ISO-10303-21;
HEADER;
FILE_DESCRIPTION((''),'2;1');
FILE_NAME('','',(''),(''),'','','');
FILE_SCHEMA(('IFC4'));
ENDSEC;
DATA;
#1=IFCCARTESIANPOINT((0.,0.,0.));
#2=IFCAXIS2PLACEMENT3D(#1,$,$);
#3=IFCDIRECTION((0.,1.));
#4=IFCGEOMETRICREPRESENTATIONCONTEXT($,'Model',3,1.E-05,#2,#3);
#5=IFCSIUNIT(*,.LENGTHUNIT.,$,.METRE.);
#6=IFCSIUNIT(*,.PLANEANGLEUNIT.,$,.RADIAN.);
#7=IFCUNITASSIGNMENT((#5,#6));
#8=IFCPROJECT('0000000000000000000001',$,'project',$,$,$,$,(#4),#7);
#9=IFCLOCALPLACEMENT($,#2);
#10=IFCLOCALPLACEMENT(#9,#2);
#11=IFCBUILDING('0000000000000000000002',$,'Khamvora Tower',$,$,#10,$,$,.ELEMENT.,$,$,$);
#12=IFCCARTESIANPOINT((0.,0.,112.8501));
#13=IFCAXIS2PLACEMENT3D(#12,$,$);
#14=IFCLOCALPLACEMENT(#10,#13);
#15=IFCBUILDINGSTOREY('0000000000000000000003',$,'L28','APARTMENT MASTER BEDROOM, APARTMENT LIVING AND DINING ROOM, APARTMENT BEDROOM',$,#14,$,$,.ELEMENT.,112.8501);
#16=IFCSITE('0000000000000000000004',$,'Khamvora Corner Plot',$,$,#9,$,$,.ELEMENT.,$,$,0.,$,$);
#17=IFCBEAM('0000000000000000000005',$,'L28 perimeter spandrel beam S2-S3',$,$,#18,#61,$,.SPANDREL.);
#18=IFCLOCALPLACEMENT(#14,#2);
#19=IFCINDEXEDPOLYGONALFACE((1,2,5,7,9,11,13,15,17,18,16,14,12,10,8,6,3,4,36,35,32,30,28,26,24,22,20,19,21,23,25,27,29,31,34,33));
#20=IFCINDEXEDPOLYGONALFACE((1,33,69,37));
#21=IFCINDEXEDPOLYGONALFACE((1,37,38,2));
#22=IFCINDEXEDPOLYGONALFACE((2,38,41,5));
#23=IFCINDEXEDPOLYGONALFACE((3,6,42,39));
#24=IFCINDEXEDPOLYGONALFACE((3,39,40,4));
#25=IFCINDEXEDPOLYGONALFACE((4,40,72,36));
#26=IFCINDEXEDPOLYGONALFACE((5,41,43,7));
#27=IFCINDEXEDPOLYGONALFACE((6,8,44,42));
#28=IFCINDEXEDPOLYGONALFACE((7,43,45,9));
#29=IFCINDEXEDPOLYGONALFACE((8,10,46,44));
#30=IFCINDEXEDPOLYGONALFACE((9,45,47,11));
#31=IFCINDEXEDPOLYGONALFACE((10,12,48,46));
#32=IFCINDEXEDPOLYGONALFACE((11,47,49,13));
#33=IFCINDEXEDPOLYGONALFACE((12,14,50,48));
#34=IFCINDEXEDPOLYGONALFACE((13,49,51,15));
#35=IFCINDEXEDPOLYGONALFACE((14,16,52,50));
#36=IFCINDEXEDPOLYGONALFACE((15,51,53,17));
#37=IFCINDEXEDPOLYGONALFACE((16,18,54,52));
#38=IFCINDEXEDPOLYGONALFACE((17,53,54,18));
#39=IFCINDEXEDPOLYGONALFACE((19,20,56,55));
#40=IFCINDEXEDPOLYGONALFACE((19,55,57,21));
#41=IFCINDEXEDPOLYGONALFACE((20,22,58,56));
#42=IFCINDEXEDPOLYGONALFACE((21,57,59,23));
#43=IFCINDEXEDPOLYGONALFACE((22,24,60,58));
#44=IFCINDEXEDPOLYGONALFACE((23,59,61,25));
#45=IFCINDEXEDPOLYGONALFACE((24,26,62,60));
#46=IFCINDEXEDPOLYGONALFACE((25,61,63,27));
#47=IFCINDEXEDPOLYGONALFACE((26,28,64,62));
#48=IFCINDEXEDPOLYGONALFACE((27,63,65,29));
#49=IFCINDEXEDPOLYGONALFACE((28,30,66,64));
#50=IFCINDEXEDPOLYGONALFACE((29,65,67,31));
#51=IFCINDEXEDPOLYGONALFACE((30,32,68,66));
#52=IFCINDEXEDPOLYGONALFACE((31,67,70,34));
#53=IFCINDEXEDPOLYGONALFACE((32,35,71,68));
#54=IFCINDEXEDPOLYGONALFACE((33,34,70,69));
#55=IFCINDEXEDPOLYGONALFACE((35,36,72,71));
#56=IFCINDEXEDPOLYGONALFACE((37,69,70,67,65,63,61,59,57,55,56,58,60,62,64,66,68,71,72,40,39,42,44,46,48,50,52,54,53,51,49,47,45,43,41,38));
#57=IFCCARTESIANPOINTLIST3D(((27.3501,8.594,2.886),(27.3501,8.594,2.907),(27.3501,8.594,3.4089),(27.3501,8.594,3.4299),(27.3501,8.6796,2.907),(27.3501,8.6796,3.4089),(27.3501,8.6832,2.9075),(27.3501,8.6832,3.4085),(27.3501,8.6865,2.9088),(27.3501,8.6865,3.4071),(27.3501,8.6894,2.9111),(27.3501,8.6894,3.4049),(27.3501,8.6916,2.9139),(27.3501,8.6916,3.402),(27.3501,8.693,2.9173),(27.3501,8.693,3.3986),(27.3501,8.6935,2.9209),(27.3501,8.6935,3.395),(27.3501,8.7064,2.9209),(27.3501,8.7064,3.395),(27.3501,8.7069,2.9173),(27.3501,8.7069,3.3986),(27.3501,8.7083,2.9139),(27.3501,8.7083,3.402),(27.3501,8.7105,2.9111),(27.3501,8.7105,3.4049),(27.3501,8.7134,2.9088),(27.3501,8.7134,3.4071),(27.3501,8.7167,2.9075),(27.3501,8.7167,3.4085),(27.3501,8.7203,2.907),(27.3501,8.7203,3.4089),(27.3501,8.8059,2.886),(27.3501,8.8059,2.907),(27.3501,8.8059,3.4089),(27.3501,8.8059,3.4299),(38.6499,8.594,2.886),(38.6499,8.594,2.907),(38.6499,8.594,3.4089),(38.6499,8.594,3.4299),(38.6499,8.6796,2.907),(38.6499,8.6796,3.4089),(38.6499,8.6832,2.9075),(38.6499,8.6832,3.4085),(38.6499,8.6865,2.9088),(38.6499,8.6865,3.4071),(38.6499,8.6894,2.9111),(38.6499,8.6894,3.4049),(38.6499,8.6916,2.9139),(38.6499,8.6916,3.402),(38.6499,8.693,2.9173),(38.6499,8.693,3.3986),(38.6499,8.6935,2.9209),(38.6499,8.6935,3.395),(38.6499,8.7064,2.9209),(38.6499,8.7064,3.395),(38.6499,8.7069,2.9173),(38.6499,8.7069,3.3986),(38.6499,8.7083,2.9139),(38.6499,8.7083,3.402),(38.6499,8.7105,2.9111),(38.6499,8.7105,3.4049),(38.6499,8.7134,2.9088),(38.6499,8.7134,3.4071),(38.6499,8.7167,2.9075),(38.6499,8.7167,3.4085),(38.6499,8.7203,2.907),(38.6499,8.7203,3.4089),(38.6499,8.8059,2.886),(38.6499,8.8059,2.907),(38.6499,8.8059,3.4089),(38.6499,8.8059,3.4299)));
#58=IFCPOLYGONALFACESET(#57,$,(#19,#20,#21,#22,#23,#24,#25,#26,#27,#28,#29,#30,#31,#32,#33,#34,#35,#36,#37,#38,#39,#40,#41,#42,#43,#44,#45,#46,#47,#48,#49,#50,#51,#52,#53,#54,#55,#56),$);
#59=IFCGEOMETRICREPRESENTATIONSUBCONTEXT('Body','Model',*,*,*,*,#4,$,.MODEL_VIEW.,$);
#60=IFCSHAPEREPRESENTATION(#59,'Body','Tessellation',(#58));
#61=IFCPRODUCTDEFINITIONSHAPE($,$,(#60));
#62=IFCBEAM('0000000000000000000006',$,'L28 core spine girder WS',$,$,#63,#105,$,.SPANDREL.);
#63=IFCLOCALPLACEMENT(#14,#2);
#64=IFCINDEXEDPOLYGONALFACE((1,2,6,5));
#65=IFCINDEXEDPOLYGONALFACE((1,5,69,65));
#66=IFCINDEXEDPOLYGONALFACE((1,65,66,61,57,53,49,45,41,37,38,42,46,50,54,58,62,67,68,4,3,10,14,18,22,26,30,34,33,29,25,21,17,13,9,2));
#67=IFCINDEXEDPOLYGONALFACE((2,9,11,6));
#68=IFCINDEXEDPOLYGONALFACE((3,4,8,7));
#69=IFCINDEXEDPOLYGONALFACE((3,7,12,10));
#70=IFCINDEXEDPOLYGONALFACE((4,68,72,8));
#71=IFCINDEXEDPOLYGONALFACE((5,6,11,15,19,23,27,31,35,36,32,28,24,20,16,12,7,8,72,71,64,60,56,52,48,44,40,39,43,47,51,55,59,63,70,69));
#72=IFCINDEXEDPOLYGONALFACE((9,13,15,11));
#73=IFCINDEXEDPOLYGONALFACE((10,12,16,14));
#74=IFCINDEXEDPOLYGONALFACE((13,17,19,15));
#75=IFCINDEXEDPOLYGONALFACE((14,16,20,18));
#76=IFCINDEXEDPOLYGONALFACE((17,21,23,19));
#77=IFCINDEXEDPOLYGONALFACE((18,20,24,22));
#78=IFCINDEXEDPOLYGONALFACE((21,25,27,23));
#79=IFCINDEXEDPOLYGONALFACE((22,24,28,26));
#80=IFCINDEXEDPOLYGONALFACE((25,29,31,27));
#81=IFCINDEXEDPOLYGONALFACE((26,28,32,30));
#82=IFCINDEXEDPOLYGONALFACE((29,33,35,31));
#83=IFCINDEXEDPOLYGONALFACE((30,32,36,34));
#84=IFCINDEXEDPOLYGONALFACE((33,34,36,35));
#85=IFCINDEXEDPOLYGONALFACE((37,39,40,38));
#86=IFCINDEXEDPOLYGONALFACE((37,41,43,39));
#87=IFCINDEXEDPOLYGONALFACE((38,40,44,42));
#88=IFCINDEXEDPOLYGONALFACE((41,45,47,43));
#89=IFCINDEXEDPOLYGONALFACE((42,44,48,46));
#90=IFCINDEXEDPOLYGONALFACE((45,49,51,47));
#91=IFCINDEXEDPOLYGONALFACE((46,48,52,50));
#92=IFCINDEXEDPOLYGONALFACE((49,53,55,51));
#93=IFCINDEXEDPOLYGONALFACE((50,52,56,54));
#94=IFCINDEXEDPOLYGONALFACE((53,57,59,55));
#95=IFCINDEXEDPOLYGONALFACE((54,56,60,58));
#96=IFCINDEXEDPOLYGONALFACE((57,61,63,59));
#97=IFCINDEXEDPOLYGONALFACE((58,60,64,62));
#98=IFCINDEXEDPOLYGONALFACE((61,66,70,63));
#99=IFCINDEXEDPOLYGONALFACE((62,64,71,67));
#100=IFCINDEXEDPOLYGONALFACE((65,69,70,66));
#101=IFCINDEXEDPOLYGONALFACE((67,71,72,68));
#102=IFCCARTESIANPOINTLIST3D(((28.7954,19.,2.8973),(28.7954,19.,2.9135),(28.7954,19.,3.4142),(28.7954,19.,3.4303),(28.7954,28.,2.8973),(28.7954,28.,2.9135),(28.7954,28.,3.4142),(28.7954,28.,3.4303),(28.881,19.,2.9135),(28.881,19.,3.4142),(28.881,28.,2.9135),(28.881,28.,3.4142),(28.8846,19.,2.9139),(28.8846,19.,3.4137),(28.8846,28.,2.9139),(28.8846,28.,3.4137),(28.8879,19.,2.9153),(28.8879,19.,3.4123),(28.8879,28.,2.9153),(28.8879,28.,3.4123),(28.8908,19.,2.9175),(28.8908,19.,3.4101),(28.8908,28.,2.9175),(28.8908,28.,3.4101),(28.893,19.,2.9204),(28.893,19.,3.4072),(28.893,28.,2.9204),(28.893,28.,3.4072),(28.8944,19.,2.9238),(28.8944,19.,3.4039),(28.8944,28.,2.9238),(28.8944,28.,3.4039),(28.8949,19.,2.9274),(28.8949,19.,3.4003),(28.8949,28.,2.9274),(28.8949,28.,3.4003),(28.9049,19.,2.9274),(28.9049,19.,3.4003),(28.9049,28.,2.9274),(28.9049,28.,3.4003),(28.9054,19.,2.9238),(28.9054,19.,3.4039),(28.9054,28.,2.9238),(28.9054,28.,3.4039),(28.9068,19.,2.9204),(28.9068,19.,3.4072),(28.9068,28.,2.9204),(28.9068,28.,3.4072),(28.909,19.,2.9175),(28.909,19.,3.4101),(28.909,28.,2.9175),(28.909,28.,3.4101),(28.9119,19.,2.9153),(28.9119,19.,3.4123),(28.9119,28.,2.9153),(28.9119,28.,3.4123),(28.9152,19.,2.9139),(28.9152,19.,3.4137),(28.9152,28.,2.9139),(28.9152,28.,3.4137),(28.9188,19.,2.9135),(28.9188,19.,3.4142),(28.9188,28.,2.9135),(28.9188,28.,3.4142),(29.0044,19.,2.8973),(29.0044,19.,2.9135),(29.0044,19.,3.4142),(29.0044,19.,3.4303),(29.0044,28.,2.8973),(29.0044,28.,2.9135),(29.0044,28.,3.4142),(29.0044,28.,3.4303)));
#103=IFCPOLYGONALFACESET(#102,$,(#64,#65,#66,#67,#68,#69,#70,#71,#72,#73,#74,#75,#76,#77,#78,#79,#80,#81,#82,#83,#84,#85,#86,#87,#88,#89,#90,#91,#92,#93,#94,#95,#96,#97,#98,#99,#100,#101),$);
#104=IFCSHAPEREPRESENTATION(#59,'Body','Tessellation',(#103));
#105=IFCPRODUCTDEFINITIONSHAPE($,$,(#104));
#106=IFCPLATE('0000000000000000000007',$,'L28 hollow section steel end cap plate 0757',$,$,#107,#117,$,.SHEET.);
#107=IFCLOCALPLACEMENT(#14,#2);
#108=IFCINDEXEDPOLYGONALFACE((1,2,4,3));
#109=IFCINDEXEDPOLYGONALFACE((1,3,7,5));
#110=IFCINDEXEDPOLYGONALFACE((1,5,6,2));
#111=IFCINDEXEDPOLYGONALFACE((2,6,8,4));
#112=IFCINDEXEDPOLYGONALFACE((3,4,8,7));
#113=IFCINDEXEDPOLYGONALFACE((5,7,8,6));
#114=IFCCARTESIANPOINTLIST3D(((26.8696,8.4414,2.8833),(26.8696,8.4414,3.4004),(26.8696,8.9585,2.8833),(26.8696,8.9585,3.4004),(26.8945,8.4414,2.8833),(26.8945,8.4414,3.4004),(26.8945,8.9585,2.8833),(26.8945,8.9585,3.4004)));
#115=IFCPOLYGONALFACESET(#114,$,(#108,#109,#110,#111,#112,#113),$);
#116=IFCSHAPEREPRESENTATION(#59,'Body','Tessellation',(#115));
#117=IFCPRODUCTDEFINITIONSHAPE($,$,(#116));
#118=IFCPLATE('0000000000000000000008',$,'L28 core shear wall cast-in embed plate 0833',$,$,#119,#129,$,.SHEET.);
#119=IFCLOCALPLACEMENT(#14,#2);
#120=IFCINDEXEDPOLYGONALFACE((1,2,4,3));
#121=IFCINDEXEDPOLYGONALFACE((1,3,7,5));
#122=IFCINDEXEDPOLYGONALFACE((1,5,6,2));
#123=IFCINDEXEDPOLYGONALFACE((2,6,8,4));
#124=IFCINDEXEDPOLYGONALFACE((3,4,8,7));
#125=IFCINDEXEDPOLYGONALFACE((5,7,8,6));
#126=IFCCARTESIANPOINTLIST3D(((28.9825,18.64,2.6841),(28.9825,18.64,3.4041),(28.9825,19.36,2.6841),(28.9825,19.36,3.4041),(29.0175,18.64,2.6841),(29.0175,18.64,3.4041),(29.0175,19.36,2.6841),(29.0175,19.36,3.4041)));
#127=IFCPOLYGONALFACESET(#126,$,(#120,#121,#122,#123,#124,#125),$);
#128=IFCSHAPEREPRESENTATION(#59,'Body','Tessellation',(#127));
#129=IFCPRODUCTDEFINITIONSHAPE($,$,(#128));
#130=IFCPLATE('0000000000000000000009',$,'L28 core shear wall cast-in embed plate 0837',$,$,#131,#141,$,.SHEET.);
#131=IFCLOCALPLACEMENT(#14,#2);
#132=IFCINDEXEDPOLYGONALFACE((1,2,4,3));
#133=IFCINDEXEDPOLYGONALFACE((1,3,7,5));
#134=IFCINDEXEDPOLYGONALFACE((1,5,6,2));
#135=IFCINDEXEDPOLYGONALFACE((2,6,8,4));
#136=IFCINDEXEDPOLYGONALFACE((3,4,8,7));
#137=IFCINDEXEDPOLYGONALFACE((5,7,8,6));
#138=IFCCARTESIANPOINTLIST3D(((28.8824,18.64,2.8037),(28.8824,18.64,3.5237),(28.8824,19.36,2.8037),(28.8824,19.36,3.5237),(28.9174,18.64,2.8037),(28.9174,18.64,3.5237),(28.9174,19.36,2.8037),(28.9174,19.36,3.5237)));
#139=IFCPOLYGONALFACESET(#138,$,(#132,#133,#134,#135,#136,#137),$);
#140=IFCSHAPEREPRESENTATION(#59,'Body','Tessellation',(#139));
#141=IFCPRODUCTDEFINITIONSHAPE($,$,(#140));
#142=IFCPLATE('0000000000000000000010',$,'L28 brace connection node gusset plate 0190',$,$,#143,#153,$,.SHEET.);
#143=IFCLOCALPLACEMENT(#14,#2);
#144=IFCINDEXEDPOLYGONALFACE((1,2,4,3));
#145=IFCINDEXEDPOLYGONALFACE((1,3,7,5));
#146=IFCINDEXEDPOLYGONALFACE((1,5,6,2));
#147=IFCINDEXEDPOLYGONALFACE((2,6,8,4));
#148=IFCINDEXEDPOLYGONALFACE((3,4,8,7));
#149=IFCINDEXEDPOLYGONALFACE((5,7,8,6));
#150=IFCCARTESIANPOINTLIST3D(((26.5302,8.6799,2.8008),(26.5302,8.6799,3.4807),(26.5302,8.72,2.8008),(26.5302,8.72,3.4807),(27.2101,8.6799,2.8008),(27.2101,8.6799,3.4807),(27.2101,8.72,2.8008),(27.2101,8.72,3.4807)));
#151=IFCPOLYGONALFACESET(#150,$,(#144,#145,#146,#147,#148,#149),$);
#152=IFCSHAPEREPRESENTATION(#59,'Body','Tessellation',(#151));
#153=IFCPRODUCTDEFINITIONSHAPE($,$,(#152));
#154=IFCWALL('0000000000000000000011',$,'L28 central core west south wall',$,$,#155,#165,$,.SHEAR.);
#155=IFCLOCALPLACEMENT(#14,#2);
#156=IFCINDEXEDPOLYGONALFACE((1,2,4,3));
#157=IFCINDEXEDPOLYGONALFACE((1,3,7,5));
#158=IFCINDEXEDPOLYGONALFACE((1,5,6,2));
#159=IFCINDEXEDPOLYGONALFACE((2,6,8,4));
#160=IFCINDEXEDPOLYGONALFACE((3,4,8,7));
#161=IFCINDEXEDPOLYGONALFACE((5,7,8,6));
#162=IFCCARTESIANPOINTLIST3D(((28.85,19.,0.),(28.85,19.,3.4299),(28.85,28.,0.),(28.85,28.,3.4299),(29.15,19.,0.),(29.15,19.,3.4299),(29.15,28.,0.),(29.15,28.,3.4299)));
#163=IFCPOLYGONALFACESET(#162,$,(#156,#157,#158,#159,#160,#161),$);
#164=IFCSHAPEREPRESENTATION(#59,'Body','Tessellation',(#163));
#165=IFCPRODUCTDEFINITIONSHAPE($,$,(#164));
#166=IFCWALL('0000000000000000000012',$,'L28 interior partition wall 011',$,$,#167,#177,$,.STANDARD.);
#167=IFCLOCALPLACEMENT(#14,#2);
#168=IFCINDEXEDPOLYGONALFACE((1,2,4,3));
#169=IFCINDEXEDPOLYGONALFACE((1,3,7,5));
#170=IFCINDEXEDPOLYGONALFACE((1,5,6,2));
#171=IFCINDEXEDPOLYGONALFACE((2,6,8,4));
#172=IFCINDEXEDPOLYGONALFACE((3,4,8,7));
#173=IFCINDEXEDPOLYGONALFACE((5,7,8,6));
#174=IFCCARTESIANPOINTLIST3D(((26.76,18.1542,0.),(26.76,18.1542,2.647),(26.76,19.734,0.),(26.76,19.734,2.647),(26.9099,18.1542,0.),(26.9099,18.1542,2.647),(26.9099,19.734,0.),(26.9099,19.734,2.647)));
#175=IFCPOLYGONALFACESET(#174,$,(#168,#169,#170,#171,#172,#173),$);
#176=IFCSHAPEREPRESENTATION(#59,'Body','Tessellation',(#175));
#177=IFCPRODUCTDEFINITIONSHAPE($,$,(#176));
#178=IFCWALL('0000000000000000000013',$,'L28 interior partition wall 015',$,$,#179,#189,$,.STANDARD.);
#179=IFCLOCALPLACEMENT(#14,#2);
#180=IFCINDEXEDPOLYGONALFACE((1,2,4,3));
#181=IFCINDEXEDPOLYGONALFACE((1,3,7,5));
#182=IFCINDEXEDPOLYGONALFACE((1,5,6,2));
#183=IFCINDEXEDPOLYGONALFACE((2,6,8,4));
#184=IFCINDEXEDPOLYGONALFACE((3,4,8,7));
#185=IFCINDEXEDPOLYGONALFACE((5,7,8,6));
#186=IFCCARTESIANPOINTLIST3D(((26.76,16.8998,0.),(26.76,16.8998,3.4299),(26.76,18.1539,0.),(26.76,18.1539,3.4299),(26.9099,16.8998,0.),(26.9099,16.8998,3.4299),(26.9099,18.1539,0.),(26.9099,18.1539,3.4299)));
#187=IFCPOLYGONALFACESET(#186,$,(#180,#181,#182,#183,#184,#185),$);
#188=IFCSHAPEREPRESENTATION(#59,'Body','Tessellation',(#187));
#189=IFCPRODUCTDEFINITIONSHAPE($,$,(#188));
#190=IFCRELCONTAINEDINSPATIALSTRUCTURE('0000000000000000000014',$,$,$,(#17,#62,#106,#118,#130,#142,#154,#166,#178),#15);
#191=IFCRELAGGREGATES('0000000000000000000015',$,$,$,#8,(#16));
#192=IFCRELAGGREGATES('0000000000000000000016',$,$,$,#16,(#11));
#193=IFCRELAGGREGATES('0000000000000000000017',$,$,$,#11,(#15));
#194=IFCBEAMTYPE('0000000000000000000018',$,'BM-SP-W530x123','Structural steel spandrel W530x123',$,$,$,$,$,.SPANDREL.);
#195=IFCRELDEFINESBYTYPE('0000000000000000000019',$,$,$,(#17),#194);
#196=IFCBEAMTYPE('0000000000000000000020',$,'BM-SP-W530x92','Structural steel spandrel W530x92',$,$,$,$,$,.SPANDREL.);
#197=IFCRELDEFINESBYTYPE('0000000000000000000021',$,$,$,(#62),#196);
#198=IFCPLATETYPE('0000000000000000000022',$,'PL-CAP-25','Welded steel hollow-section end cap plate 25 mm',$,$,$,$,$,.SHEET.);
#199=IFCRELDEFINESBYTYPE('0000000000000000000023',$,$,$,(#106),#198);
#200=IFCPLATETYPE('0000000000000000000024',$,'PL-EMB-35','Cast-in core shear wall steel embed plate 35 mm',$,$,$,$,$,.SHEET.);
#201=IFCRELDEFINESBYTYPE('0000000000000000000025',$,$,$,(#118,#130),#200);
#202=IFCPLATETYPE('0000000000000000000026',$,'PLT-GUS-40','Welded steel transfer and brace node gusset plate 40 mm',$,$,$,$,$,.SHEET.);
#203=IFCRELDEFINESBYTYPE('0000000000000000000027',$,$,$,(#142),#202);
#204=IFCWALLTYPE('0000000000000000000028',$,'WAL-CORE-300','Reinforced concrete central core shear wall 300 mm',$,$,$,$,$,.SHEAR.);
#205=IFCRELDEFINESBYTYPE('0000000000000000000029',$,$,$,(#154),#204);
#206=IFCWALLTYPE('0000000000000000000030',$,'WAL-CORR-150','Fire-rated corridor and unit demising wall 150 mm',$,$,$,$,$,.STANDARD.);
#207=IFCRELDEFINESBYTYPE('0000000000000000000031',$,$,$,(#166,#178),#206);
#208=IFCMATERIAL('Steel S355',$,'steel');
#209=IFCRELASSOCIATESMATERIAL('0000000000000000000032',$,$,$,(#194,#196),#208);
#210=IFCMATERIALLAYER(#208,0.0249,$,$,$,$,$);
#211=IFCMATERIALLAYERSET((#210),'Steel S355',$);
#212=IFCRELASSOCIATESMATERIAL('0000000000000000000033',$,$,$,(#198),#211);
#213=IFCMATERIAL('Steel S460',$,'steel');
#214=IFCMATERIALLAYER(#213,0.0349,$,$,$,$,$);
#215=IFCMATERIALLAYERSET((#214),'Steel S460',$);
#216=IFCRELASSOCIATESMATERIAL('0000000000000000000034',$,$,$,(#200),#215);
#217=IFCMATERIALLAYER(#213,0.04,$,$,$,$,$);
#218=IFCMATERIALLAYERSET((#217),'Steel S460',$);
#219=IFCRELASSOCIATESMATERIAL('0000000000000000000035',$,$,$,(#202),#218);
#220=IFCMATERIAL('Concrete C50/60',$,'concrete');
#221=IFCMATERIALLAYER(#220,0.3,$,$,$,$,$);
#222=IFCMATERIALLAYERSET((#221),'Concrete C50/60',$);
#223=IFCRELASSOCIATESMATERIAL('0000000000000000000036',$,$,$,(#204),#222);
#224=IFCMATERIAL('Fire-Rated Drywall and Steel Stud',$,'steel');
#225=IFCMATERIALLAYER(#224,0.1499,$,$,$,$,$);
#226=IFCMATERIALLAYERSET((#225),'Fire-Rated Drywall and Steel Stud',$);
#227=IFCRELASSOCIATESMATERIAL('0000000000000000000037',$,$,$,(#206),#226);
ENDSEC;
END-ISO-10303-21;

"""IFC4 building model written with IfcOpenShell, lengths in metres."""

from ifc_helpers import new_model, si_unit, direction, frame, frame_2d, origin, origin_2d, place, context, subcontext, project, spatial, rectangle, i_section, extrude, material, layer, layer_set, material_profile, profile_set, type_object, element, save


model = new_model("IFC4")

# Units and contexts
model_context = context("Model", 3, precision=1e-05, world=origin(), true_north=direction((0.0, 1.0)))
body_context = subcontext(model_context, "Body", "Model", "MODEL_VIEW")
ifc_project = project(units=[si_unit("LENGTHUNIT", "METRE"), si_unit("PLANEANGLEUNIT", "RADIAN")], contexts=[model_context])

# Site, building, storey
site_placement = place(None, origin())
site = spatial("IfcSite", under=ifc_project, at=site_placement, Name="Khamvora Corner Plot", CompositionType="ELEMENT", RefElevation=0.0)
building_placement = place(site_placement, origin())
building = spatial("IfcBuilding", under=site, at=building_placement, Name="Khamvora Tower", CompositionType="ELEMENT")
storey_placement = place(building_placement, frame((0.0, 0.0, 112.8501)))
storey = spatial("IfcBuildingStorey", under=building, at=storey_placement, Name="L28", Description="APARTMENT MASTER BEDROOM, APARTMENT LIVING AND DINING ROOM, APARTMENT BEDROOM", CompositionType="ELEMENT", Elevation=112.8501)

# Shared definitions
ifc_material_1 = material(Name="Steel S355", Category="steel")
ifc_material_2 = material(Name="Steel S460", Category="steel")

# Beams
ifc_material_profile_1 = material_profile(ifc_material_1, i_section(OverallWidth=0.2119, OverallDepth=0.5439, WebThickness=0.0129, FlangeThickness=0.021, FilletRadius=0.0139, at=origin_2d()), Name="W530x123")
ifc_profile_set_1 = profile_set([ifc_material_profile_1], Name="Steel S355")
beam_type_1 = type_object("IfcBeamType", Name="BM-SP-W530x123", Description="Structural steel spandrel W530x123", PredefinedType="SPANDREL", material=ifc_profile_set_1)
beam_1_placement = place(storey_placement, frame((27.3501, 8.7, 3.158), z_axis=(1.0, 0.0, 0.0), x_axis=(0.0, 1.0, 0.0)))
element("IfcBeam", 1, at=beam_1_placement, inside=storey, type_object=beam_type_1, Name="L28 perimeter spandrel beam S2-S3", PredefinedType="SPANDREL", context=body_context, shape_type="SweptSolid", body=[
    extrude(i_section(OverallWidth=0.2119, OverallDepth=0.5439, WebThickness=0.0129, FlangeThickness=0.021, FilletRadius=0.0139, at=origin_2d()), origin(), (0.0, 0.0, 1.0), 11.2998),
])
ifc_material_profile_2 = material_profile(ifc_material_1, i_section(OverallWidth=0.209, OverallDepth=0.533, WebThickness=0.01, FlangeThickness=0.0161, FilletRadius=0.0139, at=origin_2d()), Name="W530x92")
ifc_profile_set_2 = profile_set([ifc_material_profile_2], Name="Steel S355")
beam_type_2 = type_object("IfcBeamType", Name="BM-SP-W530x92", Description="Structural steel spandrel W530x92", PredefinedType="SPANDREL", material=ifc_profile_set_2)
beam_2_placement = place(storey_placement, frame((28.8999, 19.0, 3.1638), z_axis=(0.0, 1.0, 0.0), x_axis=(-1.0, 0.0, 0.0)))
element("IfcBeam", 2, at=beam_2_placement, inside=storey, type_object=beam_type_2, Name="L28 core spine girder WS", PredefinedType="SPANDREL", context=body_context, shape_type="SweptSolid", body=[
    extrude(i_section(OverallWidth=0.209, OverallDepth=0.533, WebThickness=0.01, FlangeThickness=0.0161, FilletRadius=0.0139, at=origin_2d()), origin(), (0.0, 0.0, 1.0), 9.0),
])

# Plates
ifc_layer_1 = layer(ifc_material_1, 0.0249)
ifc_layer_set_1 = layer_set([ifc_layer_1], Name="Steel S355")
plate_type_1 = type_object("IfcPlateType", Name="PL-CAP-25", Description="Welded steel hollow-section end cap plate 25 mm", PredefinedType="SHEET", material=ifc_layer_set_1)
plate_1_placement = place(storey_placement, frame((26.8821, 8.7, 2.8833), z_axis=(0.0, 0.0, 1.0), x_axis=(1.0, 0.0, 0.0)))
element("IfcPlate", 3, at=plate_1_placement, inside=storey, type_object=plate_type_1, Name="L28 hollow section steel end cap plate 0757", PredefinedType="SHEET", context=body_context, shape_type="SweptSolid", body=[
    extrude(rectangle(XDim=0.0249, YDim=0.5171, at=origin_2d()), origin(), (0.0, 0.0, 1.0), 0.5171),
])
ifc_layer_2 = layer(ifc_material_2, 0.0349)
ifc_layer_set_2 = layer_set([ifc_layer_2], Name="Steel S460")
plate_type_2 = type_object("IfcPlateType", Name="PL-EMB-35", Description="Cast-in core shear wall steel embed plate 35 mm", PredefinedType="SHEET", material=ifc_layer_set_2)
for number, where, z_axis, x_axis, name in (
    (4, (29.0, 19.0, 2.6841), (0.0, 0.0, 1.0), (1.0, 0.0, 0.0), "L28 core shear wall cast-in embed plate 0833"),
    (5, (28.8999, 19.0, 2.8037), (0.0, 0.0, 1.0), (1.0, 0.0, 0.0), "L28 core shear wall cast-in embed plate 0837"),
):
    element("IfcPlate", number, at=place(storey_placement, frame(where, z_axis=z_axis, x_axis=x_axis)), inside=storey, type_object=plate_type_2, Name=name, PredefinedType="SHEET", context=body_context, shape_type="SweptSolid", body=[
        extrude(rectangle(XDim=0.0349, YDim=0.72, at=origin_2d()), origin(), (0.0, 0.0, 1.0), 0.72),
    ])
ifc_layer_3 = layer(ifc_material_2, 0.04)
ifc_layer_set_3 = layer_set([ifc_layer_3], Name="Steel S460")
plate_type_3 = type_object("IfcPlateType", Name="PLT-GUS-40", Description="Welded steel transfer and brace node gusset plate 40 mm", PredefinedType="SHEET", material=ifc_layer_set_3)
plate_2_placement = place(storey_placement, frame((26.8701, 8.7, 2.8008), z_axis=(0.0, 0.0, 1.0), x_axis=(1.0, 0.0, 0.0)))
element("IfcPlate", 6, at=plate_2_placement, inside=storey, type_object=plate_type_3, Name="L28 brace connection node gusset plate 0190", PredefinedType="SHEET", context=body_context, shape_type="SweptSolid", body=[
    extrude(rectangle(XDim=0.6799, YDim=0.04, at=origin_2d()), origin(), (0.0, 0.0, 1.0), 0.6799),
])

# Walls
ifc_material_3 = material(Name="Concrete C50/60", Category="concrete")
ifc_layer_4 = layer(ifc_material_3, 0.3)
ifc_layer_set_4 = layer_set([ifc_layer_4], Name="Concrete C50/60")
wall_type_1 = type_object("IfcWallType", Name="WAL-CORE-300", Description="Reinforced concrete central core shear wall 300 mm", PredefinedType="SHEAR", material=ifc_layer_set_4)
wall_1_placement = place(storey_placement, frame((29.0, 19.0, 0.0), z_axis=(0.0, 0.0, 1.0), x_axis=(0.0, 1.0, 0.0)))
element("IfcWall", 7, at=wall_1_placement, inside=storey, type_object=wall_type_1, Name="L28 central core west south wall", PredefinedType="SHEAR", context=body_context, shape_type="SweptSolid", body=[
    extrude(rectangle(XDim=9.0, YDim=0.3, at=frame_2d((4.5, 0.0))), origin(), (0.0, 0.0, 1.0), 3.4299),
])
ifc_material_4 = material(Name="Fire-Rated Drywall and Steel Stud", Category="steel")
ifc_layer_5 = layer(ifc_material_4, 0.1499)
ifc_layer_set_5 = layer_set([ifc_layer_5], Name="Fire-Rated Drywall and Steel Stud")
wall_type_2 = type_object("IfcWallType", Name="WAL-CORR-150", Description="Fire-rated corridor and unit demising wall 150 mm", PredefinedType="STANDARD", material=ifc_layer_set_5)
wall_2_placement = place(storey_placement, frame((26.835, 18.1541, 0.0), z_axis=(0.0, 0.0, 1.0), x_axis=(0.0, 1.0, 0.0)))
element("IfcWall", 8, at=wall_2_placement, inside=storey, type_object=wall_type_2, Name="L28 interior partition wall 011", PredefinedType="STANDARD", context=body_context, shape_type="SweptSolid", body=[
    extrude(rectangle(XDim=1.5798, YDim=0.1499, at=frame_2d((0.79, 0.0))), origin(), (0.0, 0.0, 1.0), 2.647),
])
wall_3_placement = place(storey_placement, frame((26.835, 16.8999, 0.0), z_axis=(0.0, 0.0, 1.0), x_axis=(0.0, 1.0, 0.0)))
element("IfcWall", 9, at=wall_3_placement, inside=storey, type_object=wall_type_2, Name="L28 interior partition wall 015", PredefinedType="STANDARD", context=body_context, shape_type="SweptSolid", body=[
    extrude(rectangle(XDim=1.2542, YDim=0.1499, at=frame_2d((0.627, 0.0))), origin(), (0.0, 0.0, 1.0), 3.4299),
])

save(model, "model.ifc")
